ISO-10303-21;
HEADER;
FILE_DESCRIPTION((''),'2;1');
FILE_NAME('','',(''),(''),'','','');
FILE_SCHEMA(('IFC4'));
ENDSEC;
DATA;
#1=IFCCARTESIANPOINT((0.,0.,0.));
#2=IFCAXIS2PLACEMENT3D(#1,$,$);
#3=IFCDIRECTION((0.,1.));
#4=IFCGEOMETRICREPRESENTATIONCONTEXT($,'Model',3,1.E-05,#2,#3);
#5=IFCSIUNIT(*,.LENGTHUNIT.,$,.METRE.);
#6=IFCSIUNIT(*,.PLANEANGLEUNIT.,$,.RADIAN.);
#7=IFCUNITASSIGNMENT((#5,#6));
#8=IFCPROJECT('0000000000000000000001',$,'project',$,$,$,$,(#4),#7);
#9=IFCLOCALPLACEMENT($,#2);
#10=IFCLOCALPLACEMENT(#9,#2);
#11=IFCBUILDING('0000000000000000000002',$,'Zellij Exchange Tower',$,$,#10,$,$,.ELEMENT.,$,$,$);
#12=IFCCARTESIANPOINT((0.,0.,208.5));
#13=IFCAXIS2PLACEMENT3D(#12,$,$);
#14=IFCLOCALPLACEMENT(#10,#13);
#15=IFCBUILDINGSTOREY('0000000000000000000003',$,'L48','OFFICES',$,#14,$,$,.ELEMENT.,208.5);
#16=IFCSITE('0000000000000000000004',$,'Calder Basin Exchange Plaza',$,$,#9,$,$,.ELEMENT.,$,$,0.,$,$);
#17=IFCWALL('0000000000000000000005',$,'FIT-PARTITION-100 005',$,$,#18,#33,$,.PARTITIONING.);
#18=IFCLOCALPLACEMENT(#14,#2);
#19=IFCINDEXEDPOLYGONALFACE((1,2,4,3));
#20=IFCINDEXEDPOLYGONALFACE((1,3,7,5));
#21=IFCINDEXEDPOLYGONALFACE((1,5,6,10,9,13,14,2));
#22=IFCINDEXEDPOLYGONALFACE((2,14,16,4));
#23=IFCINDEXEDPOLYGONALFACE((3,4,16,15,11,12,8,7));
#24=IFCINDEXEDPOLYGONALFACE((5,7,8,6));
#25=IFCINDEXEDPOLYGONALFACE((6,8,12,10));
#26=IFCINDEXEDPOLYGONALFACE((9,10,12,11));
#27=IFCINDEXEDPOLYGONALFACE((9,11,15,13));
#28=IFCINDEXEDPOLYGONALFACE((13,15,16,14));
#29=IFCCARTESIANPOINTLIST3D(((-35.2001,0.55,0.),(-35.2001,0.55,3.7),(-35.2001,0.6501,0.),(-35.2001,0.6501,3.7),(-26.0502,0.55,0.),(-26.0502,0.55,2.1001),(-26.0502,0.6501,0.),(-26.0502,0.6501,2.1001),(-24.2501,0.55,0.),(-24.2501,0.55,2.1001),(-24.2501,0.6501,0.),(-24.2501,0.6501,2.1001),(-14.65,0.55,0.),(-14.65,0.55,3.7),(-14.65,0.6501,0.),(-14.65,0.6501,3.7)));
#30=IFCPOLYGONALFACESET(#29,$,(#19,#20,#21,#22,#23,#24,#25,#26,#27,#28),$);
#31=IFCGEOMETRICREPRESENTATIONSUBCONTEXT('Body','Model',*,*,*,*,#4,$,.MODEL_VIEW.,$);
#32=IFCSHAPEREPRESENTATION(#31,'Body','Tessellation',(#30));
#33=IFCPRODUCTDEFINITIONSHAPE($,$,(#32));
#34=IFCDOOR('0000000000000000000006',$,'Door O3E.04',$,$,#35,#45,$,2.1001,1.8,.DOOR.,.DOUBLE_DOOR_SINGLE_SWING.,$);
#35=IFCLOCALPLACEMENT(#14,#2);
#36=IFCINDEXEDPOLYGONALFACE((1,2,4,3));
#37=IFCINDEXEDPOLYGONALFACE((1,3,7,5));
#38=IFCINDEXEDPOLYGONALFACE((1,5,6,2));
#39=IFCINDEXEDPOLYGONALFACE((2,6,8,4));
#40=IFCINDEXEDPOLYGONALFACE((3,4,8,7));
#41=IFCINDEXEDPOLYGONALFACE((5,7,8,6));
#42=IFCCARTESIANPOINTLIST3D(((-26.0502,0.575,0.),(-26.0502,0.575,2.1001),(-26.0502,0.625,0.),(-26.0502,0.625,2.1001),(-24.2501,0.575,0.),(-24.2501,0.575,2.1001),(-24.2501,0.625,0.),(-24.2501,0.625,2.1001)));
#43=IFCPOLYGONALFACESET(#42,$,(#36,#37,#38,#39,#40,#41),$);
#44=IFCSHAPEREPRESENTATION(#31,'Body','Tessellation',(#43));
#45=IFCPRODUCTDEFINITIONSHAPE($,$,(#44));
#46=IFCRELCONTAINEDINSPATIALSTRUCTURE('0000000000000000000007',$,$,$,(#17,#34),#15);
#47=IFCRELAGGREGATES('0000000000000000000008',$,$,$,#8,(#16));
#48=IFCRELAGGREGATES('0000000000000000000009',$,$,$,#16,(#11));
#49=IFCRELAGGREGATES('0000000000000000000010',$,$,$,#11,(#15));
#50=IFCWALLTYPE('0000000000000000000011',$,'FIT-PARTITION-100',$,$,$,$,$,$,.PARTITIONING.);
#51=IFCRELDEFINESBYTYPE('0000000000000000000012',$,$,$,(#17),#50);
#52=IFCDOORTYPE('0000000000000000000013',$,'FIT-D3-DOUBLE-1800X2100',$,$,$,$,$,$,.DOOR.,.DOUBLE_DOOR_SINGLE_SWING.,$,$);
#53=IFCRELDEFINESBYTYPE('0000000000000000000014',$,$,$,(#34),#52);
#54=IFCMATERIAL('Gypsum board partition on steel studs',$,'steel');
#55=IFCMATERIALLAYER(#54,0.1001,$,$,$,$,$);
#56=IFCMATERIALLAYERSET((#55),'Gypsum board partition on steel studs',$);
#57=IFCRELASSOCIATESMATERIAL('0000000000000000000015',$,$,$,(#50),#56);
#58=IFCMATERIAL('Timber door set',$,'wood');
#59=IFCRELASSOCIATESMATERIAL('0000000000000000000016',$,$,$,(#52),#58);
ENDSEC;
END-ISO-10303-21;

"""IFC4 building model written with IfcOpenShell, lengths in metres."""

from ifc_helpers import new_model, si_unit, direction, frame, frame_2d, origin, place, context, subcontext, project, spatial, rectangle, extrude, material, layer, layer_set, type_object, element, fill, save


model = new_model("IFC4")

# Units and contexts
model_context = context("Model", 3, precision=1e-05, world=origin(), true_north=direction((0.0, 1.0)))
body_context = subcontext(model_context, "Body", "Model", "MODEL_VIEW")
ifc_project = project(units=[si_unit("LENGTHUNIT", "METRE"), si_unit("PLANEANGLEUNIT", "RADIAN")], contexts=[model_context])

# Site, building, storey
site_placement = place(None, origin())
site = spatial("IfcSite", under=ifc_project, at=site_placement, Name="Calder Basin Exchange Plaza", CompositionType="ELEMENT", RefElevation=0.0)
building_placement = place(site_placement, origin())
building = spatial("IfcBuilding", under=site, at=building_placement, Name="Zellij Exchange Tower", CompositionType="ELEMENT")
storey_placement = place(building_placement, frame((0.0, 0.0, 208.5)))
storey = spatial("IfcBuildingStorey", under=building, at=storey_placement, Name="L48", Description="OFFICES", CompositionType="ELEMENT", Elevation=208.5)

# Shared definitions
ifc_material_1 = material(Name="Gypsum board partition on steel studs", Category="steel")
ifc_layer_1 = layer(ifc_material_1, 0.1001)
ifc_layer_set_1 = layer_set([ifc_layer_1], Name="Gypsum board partition on steel studs")
wall_type_1 = type_object("IfcWallType", Name="FIT-PARTITION-100", PredefinedType="PARTITIONING", material=ifc_layer_set_1)

# Wall, opening, door
wall_1_placement = place(storey_placement, frame((-35.2, 0.6001, 0.0), z_axis=(0.0, 0.0, 1.0), x_axis=(1.0, 0.0, 0.0)))
wall_1 = element("IfcWall", 1, at=wall_1_placement, inside=storey, type_object=wall_type_1, Name="FIT-PARTITION-100 005", PredefinedType="PARTITIONING", context=body_context, shape_type="SweptSolid", body=[
    extrude(rectangle(XDim=20.55, YDim=0.1001, at=frame_2d((10.2749, 0.0))), origin(), (0.0, 0.0, 1.0), 3.7),
])
opening_placement = place(wall_1_placement, frame((9.1499, 0.0, 0.0)))
opening = element("IfcOpeningElement", 2, at=opening_placement, cuts=wall_1, PredefinedType="OPENING", context=body_context, shape_type="SweptSolid", body=[
    extrude(rectangle(XDim=1.8, YDim=2.1001, at=frame_2d((0.8999, 1.05))), frame((0.0, 0.062, 0.0), z_axis=(0.0, -1.0, 0.0), x_axis=(1.0, 0.0, 0.0)), (0.0, 0.0, 1.0), 0.124),
])
ifc_material_2 = material(Name="Timber door set", Category="wood")
door_type = type_object("IfcDoorType", Name="FIT-D3-DOUBLE-1800X2100", OperationType="DOUBLE_DOOR_SINGLE_SWING", PredefinedType="DOOR", material=ifc_material_2)
door_placement = place(opening_placement, origin())
door = element("IfcDoor", 3, at=door_placement, inside=storey, type_object=door_type, Name="Door O3E.04", OperationType="DOUBLE_DOOR_SINGLE_SWING", OverallHeight=2.1001, OverallWidth=1.8, PredefinedType="DOOR", context=body_context, shape_type="SweptSolid", body=[
    extrude(rectangle(XDim=1.8, YDim=2.1001, at=frame_2d((0.8999, 1.05))), frame((0.0, 0.0249, 0.0), z_axis=(0.0, -1.0, 0.0), x_axis=(1.0, 0.0, 0.0)), (0.0, 0.0, 1.0), 0.05),
])
fill(opening, door)

save(model, "model.ifc")
